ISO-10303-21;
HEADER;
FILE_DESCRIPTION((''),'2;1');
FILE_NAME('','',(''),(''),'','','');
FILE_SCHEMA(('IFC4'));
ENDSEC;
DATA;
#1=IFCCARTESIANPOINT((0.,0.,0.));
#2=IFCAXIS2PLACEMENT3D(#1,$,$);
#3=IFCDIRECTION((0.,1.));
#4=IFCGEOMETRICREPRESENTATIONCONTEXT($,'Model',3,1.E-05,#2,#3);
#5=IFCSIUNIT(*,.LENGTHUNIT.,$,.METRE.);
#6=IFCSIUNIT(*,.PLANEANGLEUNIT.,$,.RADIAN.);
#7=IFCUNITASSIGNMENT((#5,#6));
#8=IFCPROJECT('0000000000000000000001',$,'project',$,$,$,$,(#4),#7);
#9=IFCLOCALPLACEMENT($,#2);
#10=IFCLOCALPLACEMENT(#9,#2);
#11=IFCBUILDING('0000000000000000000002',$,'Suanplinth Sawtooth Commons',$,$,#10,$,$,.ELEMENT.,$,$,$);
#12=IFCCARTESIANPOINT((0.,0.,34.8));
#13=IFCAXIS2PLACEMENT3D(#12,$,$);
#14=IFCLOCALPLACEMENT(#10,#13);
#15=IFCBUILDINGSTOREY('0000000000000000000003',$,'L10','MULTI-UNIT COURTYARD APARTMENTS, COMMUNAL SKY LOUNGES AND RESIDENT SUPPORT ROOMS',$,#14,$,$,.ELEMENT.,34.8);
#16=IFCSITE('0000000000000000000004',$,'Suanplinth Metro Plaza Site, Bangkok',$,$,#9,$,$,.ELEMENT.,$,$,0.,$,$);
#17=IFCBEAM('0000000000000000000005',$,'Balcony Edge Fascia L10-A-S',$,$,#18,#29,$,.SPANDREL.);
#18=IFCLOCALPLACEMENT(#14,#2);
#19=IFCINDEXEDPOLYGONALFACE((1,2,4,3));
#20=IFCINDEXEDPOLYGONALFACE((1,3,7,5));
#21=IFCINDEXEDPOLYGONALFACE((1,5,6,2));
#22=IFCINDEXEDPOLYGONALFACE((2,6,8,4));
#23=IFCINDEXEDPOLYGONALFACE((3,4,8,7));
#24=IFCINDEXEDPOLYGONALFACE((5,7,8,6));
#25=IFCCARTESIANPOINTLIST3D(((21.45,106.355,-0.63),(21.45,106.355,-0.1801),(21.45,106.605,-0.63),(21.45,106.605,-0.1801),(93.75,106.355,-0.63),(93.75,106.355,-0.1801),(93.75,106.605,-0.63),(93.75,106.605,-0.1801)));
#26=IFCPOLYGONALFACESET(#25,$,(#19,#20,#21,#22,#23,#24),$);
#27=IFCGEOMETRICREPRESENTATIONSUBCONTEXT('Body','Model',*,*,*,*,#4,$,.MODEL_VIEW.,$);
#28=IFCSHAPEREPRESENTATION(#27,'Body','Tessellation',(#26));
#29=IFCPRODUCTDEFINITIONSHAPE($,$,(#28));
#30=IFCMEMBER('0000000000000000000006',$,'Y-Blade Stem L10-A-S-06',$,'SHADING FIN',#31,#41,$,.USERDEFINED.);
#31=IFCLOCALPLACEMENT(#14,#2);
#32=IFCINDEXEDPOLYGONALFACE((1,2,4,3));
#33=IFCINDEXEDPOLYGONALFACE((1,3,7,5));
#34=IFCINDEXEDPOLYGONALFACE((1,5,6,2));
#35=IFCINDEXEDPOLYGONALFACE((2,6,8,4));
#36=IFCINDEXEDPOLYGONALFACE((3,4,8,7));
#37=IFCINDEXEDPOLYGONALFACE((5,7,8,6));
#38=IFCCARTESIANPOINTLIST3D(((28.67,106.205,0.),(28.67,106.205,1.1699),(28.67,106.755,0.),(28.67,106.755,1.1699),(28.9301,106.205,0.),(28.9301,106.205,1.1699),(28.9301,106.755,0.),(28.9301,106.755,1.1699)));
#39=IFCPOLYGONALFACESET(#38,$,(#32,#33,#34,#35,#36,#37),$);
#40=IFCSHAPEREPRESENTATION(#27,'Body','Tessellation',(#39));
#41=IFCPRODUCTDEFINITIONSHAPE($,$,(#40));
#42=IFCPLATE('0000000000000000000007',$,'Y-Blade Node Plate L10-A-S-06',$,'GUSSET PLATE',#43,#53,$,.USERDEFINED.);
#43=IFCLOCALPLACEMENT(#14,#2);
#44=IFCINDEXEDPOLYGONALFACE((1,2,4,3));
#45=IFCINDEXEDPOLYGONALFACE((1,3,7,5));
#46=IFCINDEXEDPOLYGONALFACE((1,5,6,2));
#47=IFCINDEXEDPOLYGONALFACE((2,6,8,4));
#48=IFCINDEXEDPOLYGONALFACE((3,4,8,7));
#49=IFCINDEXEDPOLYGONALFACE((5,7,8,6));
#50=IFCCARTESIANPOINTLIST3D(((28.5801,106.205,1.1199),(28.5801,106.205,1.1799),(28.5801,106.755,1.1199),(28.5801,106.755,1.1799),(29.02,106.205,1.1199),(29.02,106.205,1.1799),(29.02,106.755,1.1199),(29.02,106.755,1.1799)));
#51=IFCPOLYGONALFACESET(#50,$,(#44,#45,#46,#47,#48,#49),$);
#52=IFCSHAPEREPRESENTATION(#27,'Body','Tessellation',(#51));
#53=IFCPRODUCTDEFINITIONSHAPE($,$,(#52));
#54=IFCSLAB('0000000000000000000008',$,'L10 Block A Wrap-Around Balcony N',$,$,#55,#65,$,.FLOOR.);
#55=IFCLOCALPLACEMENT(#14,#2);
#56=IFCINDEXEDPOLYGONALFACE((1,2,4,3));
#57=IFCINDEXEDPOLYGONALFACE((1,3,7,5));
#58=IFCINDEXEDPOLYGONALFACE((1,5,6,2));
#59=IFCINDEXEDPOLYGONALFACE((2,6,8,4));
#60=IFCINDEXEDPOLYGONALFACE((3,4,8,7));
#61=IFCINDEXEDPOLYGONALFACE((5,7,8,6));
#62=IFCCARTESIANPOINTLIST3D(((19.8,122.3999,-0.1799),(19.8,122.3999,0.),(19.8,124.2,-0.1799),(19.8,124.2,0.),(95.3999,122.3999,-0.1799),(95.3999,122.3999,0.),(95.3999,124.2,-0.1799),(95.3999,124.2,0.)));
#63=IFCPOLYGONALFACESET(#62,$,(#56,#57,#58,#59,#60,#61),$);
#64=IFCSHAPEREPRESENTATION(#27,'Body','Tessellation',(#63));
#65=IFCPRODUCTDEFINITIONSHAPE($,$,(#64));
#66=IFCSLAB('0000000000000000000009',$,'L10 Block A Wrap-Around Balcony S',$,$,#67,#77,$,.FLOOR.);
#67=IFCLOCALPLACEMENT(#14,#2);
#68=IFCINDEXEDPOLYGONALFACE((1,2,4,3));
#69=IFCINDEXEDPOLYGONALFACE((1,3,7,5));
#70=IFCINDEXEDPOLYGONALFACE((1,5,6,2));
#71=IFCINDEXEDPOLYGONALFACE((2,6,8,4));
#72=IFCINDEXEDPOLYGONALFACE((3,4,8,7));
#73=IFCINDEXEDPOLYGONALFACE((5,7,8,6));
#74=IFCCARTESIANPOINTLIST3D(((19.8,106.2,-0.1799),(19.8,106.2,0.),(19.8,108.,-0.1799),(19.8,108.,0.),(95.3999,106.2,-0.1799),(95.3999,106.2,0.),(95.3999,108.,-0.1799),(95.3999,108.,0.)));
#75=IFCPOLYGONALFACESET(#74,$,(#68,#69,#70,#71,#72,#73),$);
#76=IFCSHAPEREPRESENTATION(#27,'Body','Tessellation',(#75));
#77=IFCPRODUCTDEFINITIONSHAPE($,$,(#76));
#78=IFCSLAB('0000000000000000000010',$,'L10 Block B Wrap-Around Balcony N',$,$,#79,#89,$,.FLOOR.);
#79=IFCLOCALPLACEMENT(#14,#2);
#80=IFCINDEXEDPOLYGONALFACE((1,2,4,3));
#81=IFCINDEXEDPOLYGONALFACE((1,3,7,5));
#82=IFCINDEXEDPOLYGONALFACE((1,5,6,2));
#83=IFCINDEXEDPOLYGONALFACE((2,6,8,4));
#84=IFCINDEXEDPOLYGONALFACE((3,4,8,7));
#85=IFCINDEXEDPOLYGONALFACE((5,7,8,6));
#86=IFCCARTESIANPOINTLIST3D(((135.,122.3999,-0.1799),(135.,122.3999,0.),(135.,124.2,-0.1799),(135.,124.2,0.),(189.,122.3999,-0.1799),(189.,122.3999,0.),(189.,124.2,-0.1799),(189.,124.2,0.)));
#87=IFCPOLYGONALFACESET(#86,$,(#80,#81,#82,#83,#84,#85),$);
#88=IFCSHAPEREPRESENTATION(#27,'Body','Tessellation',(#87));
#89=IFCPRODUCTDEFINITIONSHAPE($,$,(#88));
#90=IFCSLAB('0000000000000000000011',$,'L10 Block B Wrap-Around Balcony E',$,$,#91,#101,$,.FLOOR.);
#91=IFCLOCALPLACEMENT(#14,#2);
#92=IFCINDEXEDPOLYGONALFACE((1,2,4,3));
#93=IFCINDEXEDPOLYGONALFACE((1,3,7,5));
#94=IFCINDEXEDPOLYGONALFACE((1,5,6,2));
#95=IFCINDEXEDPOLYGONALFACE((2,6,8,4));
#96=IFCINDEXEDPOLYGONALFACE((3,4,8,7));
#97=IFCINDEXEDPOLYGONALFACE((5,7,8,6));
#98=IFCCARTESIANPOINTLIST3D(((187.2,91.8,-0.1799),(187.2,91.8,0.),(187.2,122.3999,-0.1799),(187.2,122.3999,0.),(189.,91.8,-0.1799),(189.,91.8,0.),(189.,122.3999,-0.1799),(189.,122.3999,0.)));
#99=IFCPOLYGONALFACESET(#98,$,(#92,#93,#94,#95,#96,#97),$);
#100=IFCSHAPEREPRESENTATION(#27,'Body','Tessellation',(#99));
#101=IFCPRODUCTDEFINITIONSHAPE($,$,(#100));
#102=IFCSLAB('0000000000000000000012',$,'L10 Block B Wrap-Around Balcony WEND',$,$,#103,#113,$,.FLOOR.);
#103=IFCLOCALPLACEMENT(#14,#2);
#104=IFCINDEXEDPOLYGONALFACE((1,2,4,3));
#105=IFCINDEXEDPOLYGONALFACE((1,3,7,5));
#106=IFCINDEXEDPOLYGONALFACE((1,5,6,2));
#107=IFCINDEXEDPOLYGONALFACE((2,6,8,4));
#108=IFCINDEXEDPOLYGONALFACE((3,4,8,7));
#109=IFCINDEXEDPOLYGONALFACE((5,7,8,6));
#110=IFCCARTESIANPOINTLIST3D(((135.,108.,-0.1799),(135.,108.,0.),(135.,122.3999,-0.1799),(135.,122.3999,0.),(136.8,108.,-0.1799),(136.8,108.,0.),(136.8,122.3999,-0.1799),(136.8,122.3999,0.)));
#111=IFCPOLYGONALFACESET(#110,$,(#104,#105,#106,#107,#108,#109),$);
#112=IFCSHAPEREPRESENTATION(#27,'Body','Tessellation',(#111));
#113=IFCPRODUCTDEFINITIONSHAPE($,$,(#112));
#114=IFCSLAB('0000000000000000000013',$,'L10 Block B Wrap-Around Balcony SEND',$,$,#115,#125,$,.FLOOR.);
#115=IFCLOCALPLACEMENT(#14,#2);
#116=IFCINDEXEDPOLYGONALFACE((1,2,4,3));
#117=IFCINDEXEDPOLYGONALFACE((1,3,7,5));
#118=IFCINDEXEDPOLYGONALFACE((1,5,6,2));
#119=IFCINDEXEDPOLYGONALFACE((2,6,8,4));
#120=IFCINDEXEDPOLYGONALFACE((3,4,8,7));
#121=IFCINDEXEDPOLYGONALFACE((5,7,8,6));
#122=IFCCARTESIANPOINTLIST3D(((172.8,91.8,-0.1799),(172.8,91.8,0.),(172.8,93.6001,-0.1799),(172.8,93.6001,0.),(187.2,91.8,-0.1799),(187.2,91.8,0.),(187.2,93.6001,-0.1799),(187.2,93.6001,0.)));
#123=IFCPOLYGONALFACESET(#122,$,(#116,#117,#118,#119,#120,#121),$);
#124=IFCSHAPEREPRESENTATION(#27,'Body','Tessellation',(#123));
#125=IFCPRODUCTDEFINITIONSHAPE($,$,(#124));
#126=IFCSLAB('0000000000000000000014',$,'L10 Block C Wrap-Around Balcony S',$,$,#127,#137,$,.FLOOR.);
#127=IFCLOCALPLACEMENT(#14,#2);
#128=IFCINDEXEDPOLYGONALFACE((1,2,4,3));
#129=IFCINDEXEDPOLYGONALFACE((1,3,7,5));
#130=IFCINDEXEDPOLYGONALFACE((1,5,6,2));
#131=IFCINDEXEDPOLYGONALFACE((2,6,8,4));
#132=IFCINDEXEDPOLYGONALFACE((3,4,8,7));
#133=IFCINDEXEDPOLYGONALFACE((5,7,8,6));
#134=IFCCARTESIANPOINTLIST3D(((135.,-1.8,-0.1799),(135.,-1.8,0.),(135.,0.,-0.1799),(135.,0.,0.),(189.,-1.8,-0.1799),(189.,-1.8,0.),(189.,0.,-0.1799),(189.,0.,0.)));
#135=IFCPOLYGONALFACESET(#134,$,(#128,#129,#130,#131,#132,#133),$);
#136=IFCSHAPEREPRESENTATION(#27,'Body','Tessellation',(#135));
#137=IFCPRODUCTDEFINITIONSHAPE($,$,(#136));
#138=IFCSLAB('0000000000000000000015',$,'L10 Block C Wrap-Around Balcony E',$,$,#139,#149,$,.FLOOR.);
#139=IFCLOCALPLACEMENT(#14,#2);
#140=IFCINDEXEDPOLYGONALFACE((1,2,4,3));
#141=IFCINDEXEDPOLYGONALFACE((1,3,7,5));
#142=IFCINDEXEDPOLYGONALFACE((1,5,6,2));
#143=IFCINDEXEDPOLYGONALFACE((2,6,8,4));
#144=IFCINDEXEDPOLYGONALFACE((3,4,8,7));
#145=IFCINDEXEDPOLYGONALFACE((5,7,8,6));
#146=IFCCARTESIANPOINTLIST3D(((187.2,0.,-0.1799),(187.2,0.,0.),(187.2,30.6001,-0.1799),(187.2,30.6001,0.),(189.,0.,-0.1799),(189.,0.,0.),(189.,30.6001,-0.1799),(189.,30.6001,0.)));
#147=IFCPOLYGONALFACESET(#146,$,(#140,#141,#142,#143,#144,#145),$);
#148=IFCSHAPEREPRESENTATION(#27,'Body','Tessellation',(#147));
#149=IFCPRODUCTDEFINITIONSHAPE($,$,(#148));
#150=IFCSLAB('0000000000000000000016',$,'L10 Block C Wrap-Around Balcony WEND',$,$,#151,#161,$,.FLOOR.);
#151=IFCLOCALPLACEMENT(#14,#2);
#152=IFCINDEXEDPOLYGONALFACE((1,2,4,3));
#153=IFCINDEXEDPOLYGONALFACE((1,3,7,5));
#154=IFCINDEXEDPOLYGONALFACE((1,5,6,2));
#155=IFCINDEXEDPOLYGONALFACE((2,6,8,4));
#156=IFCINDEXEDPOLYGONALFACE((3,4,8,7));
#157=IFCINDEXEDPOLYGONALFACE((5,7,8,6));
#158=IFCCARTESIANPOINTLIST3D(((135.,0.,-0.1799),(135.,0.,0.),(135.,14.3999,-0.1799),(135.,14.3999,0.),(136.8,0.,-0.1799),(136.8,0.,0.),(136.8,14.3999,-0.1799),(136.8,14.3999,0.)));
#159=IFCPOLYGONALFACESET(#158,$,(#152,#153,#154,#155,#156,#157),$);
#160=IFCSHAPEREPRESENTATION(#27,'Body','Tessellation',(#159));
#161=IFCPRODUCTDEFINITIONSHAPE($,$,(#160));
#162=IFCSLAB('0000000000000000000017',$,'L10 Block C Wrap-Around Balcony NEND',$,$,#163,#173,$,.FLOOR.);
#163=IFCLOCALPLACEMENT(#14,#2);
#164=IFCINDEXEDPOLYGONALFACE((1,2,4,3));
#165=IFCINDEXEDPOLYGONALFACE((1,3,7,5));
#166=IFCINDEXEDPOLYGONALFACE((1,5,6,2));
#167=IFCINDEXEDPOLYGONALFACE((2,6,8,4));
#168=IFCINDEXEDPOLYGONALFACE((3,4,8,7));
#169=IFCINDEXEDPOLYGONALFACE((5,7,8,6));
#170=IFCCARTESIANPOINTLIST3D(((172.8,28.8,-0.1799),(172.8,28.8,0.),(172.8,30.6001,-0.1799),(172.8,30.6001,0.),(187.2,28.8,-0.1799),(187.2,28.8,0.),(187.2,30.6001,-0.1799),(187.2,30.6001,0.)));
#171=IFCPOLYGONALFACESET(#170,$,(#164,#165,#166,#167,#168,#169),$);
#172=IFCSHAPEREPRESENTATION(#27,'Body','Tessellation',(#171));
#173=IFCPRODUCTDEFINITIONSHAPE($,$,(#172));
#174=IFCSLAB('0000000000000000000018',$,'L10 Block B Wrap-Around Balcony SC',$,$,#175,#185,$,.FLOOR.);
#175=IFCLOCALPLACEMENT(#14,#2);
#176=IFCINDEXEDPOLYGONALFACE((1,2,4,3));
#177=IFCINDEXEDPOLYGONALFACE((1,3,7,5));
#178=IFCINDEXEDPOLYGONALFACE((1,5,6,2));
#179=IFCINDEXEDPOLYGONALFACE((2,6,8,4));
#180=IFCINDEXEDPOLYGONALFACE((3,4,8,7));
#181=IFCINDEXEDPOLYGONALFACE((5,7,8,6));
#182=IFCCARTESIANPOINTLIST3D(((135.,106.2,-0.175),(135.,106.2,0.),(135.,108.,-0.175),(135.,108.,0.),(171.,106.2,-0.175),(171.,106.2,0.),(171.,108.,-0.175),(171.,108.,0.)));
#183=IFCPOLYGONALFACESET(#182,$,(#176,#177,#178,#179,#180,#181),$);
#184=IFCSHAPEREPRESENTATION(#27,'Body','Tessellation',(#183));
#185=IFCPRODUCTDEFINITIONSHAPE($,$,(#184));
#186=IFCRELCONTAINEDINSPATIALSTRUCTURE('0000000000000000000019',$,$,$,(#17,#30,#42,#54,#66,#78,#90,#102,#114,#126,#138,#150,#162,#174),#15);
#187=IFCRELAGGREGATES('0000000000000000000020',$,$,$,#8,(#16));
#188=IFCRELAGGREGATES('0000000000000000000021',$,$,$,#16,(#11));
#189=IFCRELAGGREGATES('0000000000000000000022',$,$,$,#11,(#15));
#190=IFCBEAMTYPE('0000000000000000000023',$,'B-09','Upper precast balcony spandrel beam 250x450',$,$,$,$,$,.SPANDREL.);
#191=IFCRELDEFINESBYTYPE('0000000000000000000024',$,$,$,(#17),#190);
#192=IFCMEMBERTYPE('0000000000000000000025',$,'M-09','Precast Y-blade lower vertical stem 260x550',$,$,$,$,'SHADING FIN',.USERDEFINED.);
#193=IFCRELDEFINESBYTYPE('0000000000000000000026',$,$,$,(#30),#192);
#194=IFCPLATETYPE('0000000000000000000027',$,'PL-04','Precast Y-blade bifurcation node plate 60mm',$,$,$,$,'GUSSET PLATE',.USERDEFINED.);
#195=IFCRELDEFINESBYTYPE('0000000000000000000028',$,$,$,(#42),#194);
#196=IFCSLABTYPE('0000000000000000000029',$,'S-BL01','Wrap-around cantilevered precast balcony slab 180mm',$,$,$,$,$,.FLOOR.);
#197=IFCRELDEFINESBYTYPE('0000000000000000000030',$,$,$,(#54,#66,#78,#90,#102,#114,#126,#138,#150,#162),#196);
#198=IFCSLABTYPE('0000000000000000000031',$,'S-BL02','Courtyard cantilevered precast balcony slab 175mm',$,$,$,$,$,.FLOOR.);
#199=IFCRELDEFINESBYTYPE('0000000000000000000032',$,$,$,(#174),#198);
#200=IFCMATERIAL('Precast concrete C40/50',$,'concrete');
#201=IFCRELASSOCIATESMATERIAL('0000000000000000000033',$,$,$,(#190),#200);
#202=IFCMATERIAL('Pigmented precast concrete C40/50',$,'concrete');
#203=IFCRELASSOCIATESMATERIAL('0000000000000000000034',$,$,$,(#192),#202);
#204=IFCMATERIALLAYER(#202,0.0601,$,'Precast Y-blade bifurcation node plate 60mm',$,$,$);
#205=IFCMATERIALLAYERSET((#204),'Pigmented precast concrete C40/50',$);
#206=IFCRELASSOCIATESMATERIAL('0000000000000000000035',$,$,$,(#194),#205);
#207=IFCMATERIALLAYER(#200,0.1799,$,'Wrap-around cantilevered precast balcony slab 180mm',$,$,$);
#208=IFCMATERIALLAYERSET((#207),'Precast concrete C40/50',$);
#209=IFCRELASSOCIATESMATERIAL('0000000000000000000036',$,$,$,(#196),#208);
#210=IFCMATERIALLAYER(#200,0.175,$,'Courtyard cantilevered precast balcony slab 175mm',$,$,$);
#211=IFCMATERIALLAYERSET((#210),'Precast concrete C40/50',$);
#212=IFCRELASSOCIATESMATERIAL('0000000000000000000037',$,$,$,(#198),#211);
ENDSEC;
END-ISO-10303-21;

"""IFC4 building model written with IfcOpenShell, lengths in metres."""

from ifc_helpers import new_model, si_unit, direction, frame, origin, origin_2d, place, context, subcontext, project, spatial, polyline, rectangle, outline, extrude, material, layer, layer_set, material_profile, profile_set, type_object, element, save


model = new_model("IFC4")

# Units and contexts
model_context = context("Model", 3, precision=1e-05, world=origin(), true_north=direction((0.0, 1.0)))
body_context = subcontext(model_context, "Body", "Model", "MODEL_VIEW")
ifc_project = project(units=[si_unit("LENGTHUNIT", "METRE"), si_unit("PLANEANGLEUNIT", "RADIAN")], contexts=[model_context])

# Site, building, storey
site_placement = place(None, origin())
site = spatial("IfcSite", under=ifc_project, at=site_placement, Name="Suanplinth Metro Plaza Site, Bangkok", CompositionType="ELEMENT", RefElevation=0.0)
building_placement = place(site_placement, origin())
building = spatial("IfcBuilding", under=site, at=building_placement, Name="Suanplinth Sawtooth Commons", CompositionType="ELEMENT")
storey_placement = place(building_placement, frame((0.0, 0.0, 34.8)))
storey = spatial("IfcBuildingStorey", under=building, at=storey_placement, Name="L10", Description="MULTI-UNIT COURTYARD APARTMENTS, COMMUNAL SKY LOUNGES AND RESIDENT SUPPORT ROOMS", CompositionType="ELEMENT", Elevation=34.8)

# Beam
ifc_material_1 = material(Name="Precast concrete C40/50", Category="concrete")
ifc_material_profile_1 = material_profile(ifc_material_1, rectangle(XDim=0.25, YDim=0.45, at=origin_2d()), Name="PC-SP 250x450")
ifc_profile_set_1 = profile_set([ifc_material_profile_1], Name="Precast concrete C40/50")
beam_type = type_object("IfcBeamType", Name="B-09", Description="Upper precast balcony spandrel beam 250x450", PredefinedType="SPANDREL", material=ifc_profile_set_1)
beam_placement = place(storey_placement, frame((21.45, 106.48, -0.405), z_axis=(1.0, 0.0, 0.0), x_axis=(0.0, 1.0, 0.0)))
element("IfcBeam", 1, at=beam_placement, inside=storey, type_object=beam_type, Name="Balcony Edge Fascia L10-A-S", PredefinedType="SPANDREL", context=body_context, shape_type="SweptSolid", body=[
    extrude(rectangle(XDim=0.25, YDim=0.45, at=origin_2d()), origin(), (0.0, 0.0, 1.0), 72.3),
])

# Member
ifc_material_2 = material(Name="Pigmented precast concrete C40/50", Category="concrete")
ifc_material_profile_2 = material_profile(ifc_material_2, rectangle(XDim=0.26, YDim=0.55, at=origin_2d()), Name="PC-FIN 260x550")
ifc_profile_set_2 = profile_set([ifc_material_profile_2], Name="Pigmented precast concrete C40/50")
member_type = type_object("IfcMemberType", Name="M-09", Description="Precast Y-blade lower vertical stem 260x550", ElementType="SHADING FIN", PredefinedType="USERDEFINED", material=ifc_profile_set_2)
member_placement = place(storey_placement, frame((28.8, 106.48, 0.0), z_axis=(0.0, 0.0, 1.0), x_axis=(1.0, 0.0, 0.0)))
element("IfcMember", 2, at=member_placement, inside=storey, type_object=member_type, Name="Y-Blade Stem L10-A-S-06", ObjectType="SHADING FIN", PredefinedType="USERDEFINED", context=body_context, shape_type="SweptSolid", body=[
    extrude(rectangle(XDim=0.26, YDim=0.55, at=origin_2d()), origin(), (0.0, 0.0, 1.0), 1.1699),
])

# Plate
ifc_layer_1 = layer(ifc_material_2, 0.0601, Name="Precast Y-blade bifurcation node plate 60mm")
ifc_layer_set_1 = layer_set([ifc_layer_1], Name="Pigmented precast concrete C40/50")
plate_type = type_object("IfcPlateType", Name="PL-04", Description="Precast Y-blade bifurcation node plate 60mm", ElementType="GUSSET PLATE", PredefinedType="USERDEFINED", material=ifc_layer_set_1)
plate_placement = place(storey_placement, frame((28.8, 106.48, 1.1199), z_axis=(0.0, 0.0, 1.0), x_axis=(1.0, 0.0, 0.0)))
element("IfcPlate", 3, at=plate_placement, inside=storey, type_object=plate_type, Name="Y-Blade Node Plate L10-A-S-06", ObjectType="GUSSET PLATE", PredefinedType="USERDEFINED", context=body_context, shape_type="SweptSolid", body=[
    extrude(rectangle(XDim=0.4399, YDim=0.55, at=origin_2d()), origin(), (0.0, 0.0, 1.0), 0.0601),
])

# Slabs
ifc_layer_2 = layer(ifc_material_1, 0.1799, Name="Wrap-around cantilevered precast balcony slab 180mm")
ifc_layer_set_2 = layer_set([ifc_layer_2], Name="Precast concrete C40/50")
slab_type_1 = type_object("IfcSlabType", Name="S-BL01", Description="Wrap-around cantilevered precast balcony slab 180mm", PredefinedType="FLOOR", material=ifc_layer_set_2)
slab_1_placement = place(storey_placement, frame((0.0, 0.0, -0.1799)))
element("IfcSlab", 4, at=slab_1_placement, inside=storey, type_object=slab_type_1, Name="L10 Block A Wrap-Around Balcony N", PredefinedType="FLOOR", context=body_context, shape_type="SweptSolid", body=[
    extrude(outline(polyline([(19.8, 124.2), (95.3999, 124.2), (95.3999, 122.3999), (19.8, 122.3999), (19.8, 124.2)])), origin(), (0.0, 0.0, 1.0), 0.1799),
])
slab_2_placement = place(storey_placement, frame((0.0, 0.0, -0.1799)))
element("IfcSlab", 5, at=slab_2_placement, inside=storey, type_object=slab_type_1, Name="L10 Block A Wrap-Around Balcony S", PredefinedType="FLOOR", context=body_context, shape_type="SweptSolid", body=[
    extrude(outline(polyline([(95.3999, 106.2), (19.8, 106.2), (19.8, 108.0), (95.3999, 108.0), (95.3999, 106.2)])), origin(), (0.0, 0.0, 1.0), 0.1799),
])
slab_3_placement = place(storey_placement, frame((0.0, 0.0, -0.1799)))
element("IfcSlab", 6, at=slab_3_placement, inside=storey, type_object=slab_type_1, Name="L10 Block B Wrap-Around Balcony N", PredefinedType="FLOOR", context=body_context, shape_type="SweptSolid", body=[
    extrude(outline(polyline([(135.0, 122.3999), (135.0, 124.2), (189.0, 124.2), (189.0, 122.3999), (135.0, 122.3999)])), origin(), (0.0, 0.0, 1.0), 0.1799),
])
slab_4_placement = place(storey_placement, frame((0.0, 0.0, -0.1799)))
element("IfcSlab", 7, at=slab_4_placement, inside=storey, type_object=slab_type_1, Name="L10 Block B Wrap-Around Balcony E", PredefinedType="FLOOR", context=body_context, shape_type="SweptSolid", body=[
    extrude(outline(polyline([(189.0, 122.3999), (189.0, 91.8), (187.2, 91.8), (187.2, 122.3999), (189.0, 122.3999)])), origin(), (0.0, 0.0, 1.0), 0.1799),
])
slab_5_placement = place(storey_placement, frame((0.0, 0.0, -0.1799)))
element("IfcSlab", 8, at=slab_5_placement, inside=storey, type_object=slab_type_1, Name="L10 Block B Wrap-Around Balcony WEND", PredefinedType="FLOOR", context=body_context, shape_type="SweptSolid", body=[
    extrude(outline(polyline([(136.8, 108.0), (135.0, 108.0), (135.0, 122.3999), (136.8, 122.3999), (136.8, 108.0)])), origin(), (0.0, 0.0, 1.0), 0.1799),
])
slab_6_placement = place(storey_placement, frame((0.0, 0.0, -0.1799)))
element("IfcSlab", 9, at=slab_6_placement, inside=storey, type_object=slab_type_1, Name="L10 Block B Wrap-Around Balcony SEND", PredefinedType="FLOOR", context=body_context, shape_type="SweptSolid", body=[
    extrude(outline(polyline([(187.2, 91.8), (172.8, 91.8), (172.8, 93.6001), (187.2, 93.6001), (187.2, 91.8)])), origin(), (0.0, 0.0, 1.0), 0.1799),
])
slab_7_placement = place(storey_placement, frame((0.0, 0.0, -0.1799)))
element("IfcSlab", 10, at=slab_7_placement, inside=storey, type_object=slab_type_1, Name="L10 Block C Wrap-Around Balcony S", PredefinedType="FLOOR", context=body_context, shape_type="SweptSolid", body=[
    extrude(outline(polyline([(189.0, 0.0), (189.0, -1.8), (135.0, -1.8), (135.0, 0.0), (189.0, 0.0)])), origin(), (0.0, 0.0, 1.0), 0.1799),
])
slab_8_placement = place(storey_placement, frame((0.0, 0.0, -0.1799)))
element("IfcSlab", 11, at=slab_8_placement, inside=storey, type_object=slab_type_1, Name="L10 Block C Wrap-Around Balcony E", PredefinedType="FLOOR", context=body_context, shape_type="SweptSolid", body=[
    extrude(outline(polyline([(187.2, 30.6001), (189.0, 30.6001), (189.0, 0.0), (187.2, 0.0), (187.2, 30.6001)])), origin(), (0.0, 0.0, 1.0), 0.1799),
])
slab_9_placement = place(storey_placement, frame((0.0, 0.0, -0.1799)))
element("IfcSlab", 12, at=slab_9_placement, inside=storey, type_object=slab_type_1, Name="L10 Block C Wrap-Around Balcony WEND", PredefinedType="FLOOR", context=body_context, shape_type="SweptSolid", body=[
    extrude(outline(polyline([(136.8, 0.0), (135.0, 0.0), (135.0, 14.3999), (136.8, 14.3999), (136.8, 0.0)])), origin(), (0.0, 0.0, 1.0), 0.1799),
])
slab_10_placement = place(storey_placement, frame((0.0, 0.0, -0.1799)))
element("IfcSlab", 13, at=slab_10_placement, inside=storey, type_object=slab_type_1, Name="L10 Block C Wrap-Around Balcony NEND", PredefinedType="FLOOR", context=body_context, shape_type="SweptSolid", body=[
    extrude(outline(polyline([(172.8, 30.6001), (187.2, 30.6001), (187.2, 28.8), (172.8, 28.8), (172.8, 30.6001)])), origin(), (0.0, 0.0, 1.0), 0.1799),
])
ifc_layer_3 = layer(ifc_material_1, 0.175, Name="Courtyard cantilevered precast balcony slab 175mm")
ifc_layer_set_3 = layer_set([ifc_layer_3], Name="Precast concrete C40/50")
slab_type_2 = type_object("IfcSlabType", Name="S-BL02", Description="Courtyard cantilevered precast balcony slab 175mm", PredefinedType="FLOOR", material=ifc_layer_set_3)
slab_11_placement = place(storey_placement, frame((0.0, 0.0, -0.175)))
element("IfcSlab", 14, at=slab_11_placement, inside=storey, type_object=slab_type_2, Name="L10 Block B Wrap-Around Balcony SC", PredefinedType="FLOOR", context=body_context, shape_type="SweptSolid", body=[
    extrude(outline(polyline([(171.0, 106.2), (135.0, 106.2), (135.0, 108.0), (171.0, 108.0), (171.0, 106.2)])), origin(), (0.0, 0.0, 1.0), 0.175),
])

save(model, "model.ifc")
